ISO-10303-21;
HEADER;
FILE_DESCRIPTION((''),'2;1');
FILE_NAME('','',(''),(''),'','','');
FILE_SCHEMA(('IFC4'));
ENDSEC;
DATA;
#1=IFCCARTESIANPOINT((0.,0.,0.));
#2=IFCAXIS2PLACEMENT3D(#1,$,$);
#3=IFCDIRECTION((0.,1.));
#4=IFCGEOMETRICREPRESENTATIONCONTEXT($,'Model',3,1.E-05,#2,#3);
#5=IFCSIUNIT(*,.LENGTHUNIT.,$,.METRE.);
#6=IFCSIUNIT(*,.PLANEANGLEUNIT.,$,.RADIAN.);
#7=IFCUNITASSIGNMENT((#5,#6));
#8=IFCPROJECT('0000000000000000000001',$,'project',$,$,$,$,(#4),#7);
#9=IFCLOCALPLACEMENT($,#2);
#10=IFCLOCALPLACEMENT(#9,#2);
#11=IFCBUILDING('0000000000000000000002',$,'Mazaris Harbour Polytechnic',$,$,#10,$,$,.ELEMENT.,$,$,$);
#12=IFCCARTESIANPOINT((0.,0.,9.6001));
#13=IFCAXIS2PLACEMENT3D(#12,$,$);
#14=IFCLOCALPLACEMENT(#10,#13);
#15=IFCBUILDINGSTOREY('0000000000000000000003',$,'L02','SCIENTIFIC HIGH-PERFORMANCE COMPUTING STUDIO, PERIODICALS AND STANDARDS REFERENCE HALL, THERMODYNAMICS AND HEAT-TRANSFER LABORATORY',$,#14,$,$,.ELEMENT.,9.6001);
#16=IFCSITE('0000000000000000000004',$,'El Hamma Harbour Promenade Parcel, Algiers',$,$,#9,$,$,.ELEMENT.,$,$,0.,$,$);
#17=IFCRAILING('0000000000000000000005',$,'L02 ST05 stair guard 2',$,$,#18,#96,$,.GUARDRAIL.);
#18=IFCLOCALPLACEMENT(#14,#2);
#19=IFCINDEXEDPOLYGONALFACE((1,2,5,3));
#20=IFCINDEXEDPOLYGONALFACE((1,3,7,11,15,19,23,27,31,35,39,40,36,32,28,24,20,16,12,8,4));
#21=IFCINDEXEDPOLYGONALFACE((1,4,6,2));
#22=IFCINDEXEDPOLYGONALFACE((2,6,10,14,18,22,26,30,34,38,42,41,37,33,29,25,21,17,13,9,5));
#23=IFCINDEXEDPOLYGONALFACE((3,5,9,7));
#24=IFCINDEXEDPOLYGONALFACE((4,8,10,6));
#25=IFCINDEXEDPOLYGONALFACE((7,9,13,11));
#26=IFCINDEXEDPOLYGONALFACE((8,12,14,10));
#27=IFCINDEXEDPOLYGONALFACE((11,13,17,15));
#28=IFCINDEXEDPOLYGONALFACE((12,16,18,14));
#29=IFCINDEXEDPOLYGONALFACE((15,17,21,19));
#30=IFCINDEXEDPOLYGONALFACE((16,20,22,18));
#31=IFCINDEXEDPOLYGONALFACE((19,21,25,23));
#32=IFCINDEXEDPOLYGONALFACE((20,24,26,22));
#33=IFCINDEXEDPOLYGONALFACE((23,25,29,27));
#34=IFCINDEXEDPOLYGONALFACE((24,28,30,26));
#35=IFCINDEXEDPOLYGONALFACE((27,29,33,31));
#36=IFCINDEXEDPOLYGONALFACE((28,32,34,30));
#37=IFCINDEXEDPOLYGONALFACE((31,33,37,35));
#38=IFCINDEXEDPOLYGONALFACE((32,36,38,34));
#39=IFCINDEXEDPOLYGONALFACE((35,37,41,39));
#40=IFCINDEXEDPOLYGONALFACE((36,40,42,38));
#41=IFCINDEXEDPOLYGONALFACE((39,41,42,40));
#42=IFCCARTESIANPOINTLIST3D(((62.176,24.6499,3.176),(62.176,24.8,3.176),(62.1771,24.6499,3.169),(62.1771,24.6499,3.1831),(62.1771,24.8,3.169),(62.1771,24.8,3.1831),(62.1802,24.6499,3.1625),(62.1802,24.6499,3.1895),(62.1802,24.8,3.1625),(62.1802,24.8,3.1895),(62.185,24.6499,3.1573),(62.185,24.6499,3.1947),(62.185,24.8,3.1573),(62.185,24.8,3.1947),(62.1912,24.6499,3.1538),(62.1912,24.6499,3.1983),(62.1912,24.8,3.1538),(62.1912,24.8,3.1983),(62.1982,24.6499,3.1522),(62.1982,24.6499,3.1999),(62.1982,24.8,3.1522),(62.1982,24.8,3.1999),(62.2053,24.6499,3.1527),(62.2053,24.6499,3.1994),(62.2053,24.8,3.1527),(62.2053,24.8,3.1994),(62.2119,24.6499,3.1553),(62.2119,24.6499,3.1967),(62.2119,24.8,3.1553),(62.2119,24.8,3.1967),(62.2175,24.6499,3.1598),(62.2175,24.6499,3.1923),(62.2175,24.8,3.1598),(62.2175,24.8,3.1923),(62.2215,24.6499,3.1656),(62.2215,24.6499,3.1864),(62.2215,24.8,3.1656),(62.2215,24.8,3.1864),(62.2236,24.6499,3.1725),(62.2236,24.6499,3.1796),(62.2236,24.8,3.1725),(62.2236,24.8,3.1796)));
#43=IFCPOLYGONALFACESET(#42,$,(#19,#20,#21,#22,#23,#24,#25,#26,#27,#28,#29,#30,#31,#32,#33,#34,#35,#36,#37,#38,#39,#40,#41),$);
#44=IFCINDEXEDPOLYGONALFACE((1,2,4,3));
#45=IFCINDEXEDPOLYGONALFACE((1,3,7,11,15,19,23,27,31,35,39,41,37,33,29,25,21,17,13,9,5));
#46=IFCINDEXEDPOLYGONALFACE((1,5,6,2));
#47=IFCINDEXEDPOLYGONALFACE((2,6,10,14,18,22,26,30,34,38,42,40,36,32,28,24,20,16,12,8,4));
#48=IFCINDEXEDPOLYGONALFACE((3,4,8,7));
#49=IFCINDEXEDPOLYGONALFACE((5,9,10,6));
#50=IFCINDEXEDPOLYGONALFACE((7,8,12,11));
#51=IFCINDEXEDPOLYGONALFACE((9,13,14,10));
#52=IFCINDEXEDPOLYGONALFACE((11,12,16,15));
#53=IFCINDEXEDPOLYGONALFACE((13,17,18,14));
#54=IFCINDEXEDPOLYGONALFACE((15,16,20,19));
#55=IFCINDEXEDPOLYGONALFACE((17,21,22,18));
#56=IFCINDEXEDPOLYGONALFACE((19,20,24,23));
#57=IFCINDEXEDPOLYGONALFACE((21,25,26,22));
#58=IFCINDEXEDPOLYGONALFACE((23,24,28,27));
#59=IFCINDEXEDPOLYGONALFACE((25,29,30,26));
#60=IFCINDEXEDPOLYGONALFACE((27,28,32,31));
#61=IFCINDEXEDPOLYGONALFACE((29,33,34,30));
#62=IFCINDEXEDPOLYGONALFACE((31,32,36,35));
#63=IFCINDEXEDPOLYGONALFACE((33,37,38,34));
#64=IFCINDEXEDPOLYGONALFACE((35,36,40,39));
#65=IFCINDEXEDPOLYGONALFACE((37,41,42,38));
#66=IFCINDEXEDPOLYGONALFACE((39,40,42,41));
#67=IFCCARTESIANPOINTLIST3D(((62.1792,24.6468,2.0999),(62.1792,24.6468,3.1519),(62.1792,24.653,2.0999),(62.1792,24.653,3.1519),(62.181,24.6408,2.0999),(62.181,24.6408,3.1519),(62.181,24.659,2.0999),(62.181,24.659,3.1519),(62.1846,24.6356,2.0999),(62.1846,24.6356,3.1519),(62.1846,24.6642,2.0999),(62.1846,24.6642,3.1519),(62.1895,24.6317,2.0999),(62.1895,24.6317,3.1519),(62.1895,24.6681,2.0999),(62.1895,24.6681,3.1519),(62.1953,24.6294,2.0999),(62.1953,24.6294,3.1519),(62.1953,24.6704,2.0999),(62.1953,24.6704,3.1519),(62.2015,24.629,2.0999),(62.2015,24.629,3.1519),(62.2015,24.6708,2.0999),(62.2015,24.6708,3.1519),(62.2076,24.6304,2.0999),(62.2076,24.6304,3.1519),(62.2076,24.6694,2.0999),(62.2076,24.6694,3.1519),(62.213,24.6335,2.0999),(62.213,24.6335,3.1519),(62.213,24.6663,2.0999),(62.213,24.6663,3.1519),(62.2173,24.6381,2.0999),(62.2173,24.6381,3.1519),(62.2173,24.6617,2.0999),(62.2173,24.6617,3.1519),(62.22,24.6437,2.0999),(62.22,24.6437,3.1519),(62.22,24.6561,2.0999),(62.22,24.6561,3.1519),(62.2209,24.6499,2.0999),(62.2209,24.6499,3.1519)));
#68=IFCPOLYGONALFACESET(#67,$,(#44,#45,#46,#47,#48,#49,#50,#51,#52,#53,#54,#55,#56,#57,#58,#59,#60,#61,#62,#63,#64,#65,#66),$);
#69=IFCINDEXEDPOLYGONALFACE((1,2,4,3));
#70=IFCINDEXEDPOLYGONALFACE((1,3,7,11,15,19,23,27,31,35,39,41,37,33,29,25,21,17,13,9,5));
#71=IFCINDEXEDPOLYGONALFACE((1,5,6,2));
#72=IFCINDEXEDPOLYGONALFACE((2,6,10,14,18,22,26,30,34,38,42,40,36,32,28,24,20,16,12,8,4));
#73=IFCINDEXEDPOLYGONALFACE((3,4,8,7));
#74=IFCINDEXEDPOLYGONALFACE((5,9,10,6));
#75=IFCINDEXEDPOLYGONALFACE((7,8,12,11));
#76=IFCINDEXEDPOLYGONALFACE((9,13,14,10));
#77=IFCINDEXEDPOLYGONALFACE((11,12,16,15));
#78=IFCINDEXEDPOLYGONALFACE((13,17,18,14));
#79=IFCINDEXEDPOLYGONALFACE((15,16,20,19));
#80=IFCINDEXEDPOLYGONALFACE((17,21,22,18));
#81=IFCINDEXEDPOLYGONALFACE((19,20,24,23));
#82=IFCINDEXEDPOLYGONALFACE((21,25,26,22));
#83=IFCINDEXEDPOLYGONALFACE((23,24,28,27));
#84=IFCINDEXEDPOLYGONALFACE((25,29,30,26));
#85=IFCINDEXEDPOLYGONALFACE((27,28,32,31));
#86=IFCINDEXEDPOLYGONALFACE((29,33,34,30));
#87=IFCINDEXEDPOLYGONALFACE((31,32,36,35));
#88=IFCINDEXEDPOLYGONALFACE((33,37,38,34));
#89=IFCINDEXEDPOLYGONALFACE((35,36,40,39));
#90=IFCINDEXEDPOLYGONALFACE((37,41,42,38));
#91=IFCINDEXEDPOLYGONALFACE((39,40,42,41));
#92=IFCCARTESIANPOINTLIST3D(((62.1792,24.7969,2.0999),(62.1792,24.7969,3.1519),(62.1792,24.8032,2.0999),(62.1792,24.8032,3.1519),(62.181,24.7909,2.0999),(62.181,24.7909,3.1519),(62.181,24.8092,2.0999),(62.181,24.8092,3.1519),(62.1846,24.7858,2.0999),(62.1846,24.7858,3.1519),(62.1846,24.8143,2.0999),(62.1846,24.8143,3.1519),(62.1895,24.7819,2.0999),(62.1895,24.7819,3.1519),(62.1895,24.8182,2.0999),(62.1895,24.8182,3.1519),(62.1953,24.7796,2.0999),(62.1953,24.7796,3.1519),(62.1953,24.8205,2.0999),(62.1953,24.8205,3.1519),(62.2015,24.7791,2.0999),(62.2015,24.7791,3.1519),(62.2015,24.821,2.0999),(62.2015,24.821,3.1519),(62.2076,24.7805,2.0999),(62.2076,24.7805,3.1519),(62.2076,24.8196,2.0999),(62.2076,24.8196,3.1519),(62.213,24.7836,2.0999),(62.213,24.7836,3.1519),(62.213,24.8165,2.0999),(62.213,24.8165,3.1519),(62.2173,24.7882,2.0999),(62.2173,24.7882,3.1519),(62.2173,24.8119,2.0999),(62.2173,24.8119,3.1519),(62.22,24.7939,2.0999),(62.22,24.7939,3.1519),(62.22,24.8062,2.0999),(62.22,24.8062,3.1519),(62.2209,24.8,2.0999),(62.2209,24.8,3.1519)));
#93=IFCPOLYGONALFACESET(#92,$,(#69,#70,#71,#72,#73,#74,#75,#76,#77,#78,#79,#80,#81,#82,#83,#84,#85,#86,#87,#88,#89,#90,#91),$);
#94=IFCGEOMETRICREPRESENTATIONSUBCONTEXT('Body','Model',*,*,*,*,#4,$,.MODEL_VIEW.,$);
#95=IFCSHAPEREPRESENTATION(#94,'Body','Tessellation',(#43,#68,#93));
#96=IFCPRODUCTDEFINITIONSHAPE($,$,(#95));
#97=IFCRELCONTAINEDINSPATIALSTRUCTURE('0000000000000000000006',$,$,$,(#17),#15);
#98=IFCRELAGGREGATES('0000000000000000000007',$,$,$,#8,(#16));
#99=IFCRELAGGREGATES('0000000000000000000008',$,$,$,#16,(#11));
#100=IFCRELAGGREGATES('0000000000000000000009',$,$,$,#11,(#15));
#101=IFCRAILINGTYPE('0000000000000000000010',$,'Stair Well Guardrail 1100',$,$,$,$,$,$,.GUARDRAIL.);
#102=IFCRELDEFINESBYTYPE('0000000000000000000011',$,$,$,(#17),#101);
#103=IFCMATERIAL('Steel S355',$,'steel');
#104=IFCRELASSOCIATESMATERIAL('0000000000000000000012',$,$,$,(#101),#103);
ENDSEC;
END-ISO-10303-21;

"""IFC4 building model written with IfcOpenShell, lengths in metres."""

from ifc_helpers import new_model, si_unit, direction, frame, origin, origin_2d, place, context, subcontext, project, spatial, circle, extrude, material, type_object, element, save


model = new_model("IFC4")

# Units and contexts
model_context = context("Model", 3, precision=1e-05, world=origin(), true_north=direction((0.0, 1.0)))
body_context = subcontext(model_context, "Body", "Model", "MODEL_VIEW")
ifc_project = project(units=[si_unit("LENGTHUNIT", "METRE"), si_unit("PLANEANGLEUNIT", "RADIAN")], contexts=[model_context])

# Site, building, storey
site_placement = place(None, origin())
site = spatial("IfcSite", under=ifc_project, at=site_placement, Name="El Hamma Harbour Promenade Parcel, Algiers", CompositionType="ELEMENT", RefElevation=0.0)
building_placement = place(site_placement, origin())
building = spatial("IfcBuilding", under=site, at=building_placement, Name="Mazaris Harbour Polytechnic", CompositionType="ELEMENT")
storey_placement = place(building_placement, frame((0.0, 0.0, 9.6001)))
storey = spatial("IfcBuildingStorey", under=building, at=storey_placement, Name="L02", Description="SCIENTIFIC HIGH-PERFORMANCE COMPUTING STUDIO, PERIODICALS AND STANDARDS REFERENCE HALL, THERMODYNAMICS AND HEAT-TRANSFER LABORATORY", CompositionType="ELEMENT", Elevation=9.6001)

# Railing
ifc_material_1 = material(Name="Steel S355", Category="steel")
railing_type_1 = type_object("IfcRailingType", Name="Stair Well Guardrail 1100", PredefinedType="GUARDRAIL", material=ifc_material_1)
railing_1_placement = place(storey_placement, frame((62.2, 24.6499, 2.0999)))
element("IfcRailing", 1, at=railing_1_placement, inside=storey, type_object=railing_type_1, Name="L02 ST05 stair guard 2", PredefinedType="GUARDRAIL", context=body_context, shape_type="SweptSolid", body=[
    extrude(circle(Radius=0.0239, at=origin_2d()), frame((0.0, 0.0, 1.0762), z_axis=(0.0, 1.0, 0.0), x_axis=(-1.0, 0.0, 0.0)), (0.0, 0.0, 1.0), 0.1501),
    extrude(circle(Radius=0.021, at=origin_2d()), origin(), (0.0, 0.0, 1.0), 1.052),
    extrude(circle(Radius=0.021, at=origin_2d()), frame((0.0, 0.1501, 0.0)), (0.0, 0.0, 1.0), 1.052),
])

save(model, "model.ifc")
